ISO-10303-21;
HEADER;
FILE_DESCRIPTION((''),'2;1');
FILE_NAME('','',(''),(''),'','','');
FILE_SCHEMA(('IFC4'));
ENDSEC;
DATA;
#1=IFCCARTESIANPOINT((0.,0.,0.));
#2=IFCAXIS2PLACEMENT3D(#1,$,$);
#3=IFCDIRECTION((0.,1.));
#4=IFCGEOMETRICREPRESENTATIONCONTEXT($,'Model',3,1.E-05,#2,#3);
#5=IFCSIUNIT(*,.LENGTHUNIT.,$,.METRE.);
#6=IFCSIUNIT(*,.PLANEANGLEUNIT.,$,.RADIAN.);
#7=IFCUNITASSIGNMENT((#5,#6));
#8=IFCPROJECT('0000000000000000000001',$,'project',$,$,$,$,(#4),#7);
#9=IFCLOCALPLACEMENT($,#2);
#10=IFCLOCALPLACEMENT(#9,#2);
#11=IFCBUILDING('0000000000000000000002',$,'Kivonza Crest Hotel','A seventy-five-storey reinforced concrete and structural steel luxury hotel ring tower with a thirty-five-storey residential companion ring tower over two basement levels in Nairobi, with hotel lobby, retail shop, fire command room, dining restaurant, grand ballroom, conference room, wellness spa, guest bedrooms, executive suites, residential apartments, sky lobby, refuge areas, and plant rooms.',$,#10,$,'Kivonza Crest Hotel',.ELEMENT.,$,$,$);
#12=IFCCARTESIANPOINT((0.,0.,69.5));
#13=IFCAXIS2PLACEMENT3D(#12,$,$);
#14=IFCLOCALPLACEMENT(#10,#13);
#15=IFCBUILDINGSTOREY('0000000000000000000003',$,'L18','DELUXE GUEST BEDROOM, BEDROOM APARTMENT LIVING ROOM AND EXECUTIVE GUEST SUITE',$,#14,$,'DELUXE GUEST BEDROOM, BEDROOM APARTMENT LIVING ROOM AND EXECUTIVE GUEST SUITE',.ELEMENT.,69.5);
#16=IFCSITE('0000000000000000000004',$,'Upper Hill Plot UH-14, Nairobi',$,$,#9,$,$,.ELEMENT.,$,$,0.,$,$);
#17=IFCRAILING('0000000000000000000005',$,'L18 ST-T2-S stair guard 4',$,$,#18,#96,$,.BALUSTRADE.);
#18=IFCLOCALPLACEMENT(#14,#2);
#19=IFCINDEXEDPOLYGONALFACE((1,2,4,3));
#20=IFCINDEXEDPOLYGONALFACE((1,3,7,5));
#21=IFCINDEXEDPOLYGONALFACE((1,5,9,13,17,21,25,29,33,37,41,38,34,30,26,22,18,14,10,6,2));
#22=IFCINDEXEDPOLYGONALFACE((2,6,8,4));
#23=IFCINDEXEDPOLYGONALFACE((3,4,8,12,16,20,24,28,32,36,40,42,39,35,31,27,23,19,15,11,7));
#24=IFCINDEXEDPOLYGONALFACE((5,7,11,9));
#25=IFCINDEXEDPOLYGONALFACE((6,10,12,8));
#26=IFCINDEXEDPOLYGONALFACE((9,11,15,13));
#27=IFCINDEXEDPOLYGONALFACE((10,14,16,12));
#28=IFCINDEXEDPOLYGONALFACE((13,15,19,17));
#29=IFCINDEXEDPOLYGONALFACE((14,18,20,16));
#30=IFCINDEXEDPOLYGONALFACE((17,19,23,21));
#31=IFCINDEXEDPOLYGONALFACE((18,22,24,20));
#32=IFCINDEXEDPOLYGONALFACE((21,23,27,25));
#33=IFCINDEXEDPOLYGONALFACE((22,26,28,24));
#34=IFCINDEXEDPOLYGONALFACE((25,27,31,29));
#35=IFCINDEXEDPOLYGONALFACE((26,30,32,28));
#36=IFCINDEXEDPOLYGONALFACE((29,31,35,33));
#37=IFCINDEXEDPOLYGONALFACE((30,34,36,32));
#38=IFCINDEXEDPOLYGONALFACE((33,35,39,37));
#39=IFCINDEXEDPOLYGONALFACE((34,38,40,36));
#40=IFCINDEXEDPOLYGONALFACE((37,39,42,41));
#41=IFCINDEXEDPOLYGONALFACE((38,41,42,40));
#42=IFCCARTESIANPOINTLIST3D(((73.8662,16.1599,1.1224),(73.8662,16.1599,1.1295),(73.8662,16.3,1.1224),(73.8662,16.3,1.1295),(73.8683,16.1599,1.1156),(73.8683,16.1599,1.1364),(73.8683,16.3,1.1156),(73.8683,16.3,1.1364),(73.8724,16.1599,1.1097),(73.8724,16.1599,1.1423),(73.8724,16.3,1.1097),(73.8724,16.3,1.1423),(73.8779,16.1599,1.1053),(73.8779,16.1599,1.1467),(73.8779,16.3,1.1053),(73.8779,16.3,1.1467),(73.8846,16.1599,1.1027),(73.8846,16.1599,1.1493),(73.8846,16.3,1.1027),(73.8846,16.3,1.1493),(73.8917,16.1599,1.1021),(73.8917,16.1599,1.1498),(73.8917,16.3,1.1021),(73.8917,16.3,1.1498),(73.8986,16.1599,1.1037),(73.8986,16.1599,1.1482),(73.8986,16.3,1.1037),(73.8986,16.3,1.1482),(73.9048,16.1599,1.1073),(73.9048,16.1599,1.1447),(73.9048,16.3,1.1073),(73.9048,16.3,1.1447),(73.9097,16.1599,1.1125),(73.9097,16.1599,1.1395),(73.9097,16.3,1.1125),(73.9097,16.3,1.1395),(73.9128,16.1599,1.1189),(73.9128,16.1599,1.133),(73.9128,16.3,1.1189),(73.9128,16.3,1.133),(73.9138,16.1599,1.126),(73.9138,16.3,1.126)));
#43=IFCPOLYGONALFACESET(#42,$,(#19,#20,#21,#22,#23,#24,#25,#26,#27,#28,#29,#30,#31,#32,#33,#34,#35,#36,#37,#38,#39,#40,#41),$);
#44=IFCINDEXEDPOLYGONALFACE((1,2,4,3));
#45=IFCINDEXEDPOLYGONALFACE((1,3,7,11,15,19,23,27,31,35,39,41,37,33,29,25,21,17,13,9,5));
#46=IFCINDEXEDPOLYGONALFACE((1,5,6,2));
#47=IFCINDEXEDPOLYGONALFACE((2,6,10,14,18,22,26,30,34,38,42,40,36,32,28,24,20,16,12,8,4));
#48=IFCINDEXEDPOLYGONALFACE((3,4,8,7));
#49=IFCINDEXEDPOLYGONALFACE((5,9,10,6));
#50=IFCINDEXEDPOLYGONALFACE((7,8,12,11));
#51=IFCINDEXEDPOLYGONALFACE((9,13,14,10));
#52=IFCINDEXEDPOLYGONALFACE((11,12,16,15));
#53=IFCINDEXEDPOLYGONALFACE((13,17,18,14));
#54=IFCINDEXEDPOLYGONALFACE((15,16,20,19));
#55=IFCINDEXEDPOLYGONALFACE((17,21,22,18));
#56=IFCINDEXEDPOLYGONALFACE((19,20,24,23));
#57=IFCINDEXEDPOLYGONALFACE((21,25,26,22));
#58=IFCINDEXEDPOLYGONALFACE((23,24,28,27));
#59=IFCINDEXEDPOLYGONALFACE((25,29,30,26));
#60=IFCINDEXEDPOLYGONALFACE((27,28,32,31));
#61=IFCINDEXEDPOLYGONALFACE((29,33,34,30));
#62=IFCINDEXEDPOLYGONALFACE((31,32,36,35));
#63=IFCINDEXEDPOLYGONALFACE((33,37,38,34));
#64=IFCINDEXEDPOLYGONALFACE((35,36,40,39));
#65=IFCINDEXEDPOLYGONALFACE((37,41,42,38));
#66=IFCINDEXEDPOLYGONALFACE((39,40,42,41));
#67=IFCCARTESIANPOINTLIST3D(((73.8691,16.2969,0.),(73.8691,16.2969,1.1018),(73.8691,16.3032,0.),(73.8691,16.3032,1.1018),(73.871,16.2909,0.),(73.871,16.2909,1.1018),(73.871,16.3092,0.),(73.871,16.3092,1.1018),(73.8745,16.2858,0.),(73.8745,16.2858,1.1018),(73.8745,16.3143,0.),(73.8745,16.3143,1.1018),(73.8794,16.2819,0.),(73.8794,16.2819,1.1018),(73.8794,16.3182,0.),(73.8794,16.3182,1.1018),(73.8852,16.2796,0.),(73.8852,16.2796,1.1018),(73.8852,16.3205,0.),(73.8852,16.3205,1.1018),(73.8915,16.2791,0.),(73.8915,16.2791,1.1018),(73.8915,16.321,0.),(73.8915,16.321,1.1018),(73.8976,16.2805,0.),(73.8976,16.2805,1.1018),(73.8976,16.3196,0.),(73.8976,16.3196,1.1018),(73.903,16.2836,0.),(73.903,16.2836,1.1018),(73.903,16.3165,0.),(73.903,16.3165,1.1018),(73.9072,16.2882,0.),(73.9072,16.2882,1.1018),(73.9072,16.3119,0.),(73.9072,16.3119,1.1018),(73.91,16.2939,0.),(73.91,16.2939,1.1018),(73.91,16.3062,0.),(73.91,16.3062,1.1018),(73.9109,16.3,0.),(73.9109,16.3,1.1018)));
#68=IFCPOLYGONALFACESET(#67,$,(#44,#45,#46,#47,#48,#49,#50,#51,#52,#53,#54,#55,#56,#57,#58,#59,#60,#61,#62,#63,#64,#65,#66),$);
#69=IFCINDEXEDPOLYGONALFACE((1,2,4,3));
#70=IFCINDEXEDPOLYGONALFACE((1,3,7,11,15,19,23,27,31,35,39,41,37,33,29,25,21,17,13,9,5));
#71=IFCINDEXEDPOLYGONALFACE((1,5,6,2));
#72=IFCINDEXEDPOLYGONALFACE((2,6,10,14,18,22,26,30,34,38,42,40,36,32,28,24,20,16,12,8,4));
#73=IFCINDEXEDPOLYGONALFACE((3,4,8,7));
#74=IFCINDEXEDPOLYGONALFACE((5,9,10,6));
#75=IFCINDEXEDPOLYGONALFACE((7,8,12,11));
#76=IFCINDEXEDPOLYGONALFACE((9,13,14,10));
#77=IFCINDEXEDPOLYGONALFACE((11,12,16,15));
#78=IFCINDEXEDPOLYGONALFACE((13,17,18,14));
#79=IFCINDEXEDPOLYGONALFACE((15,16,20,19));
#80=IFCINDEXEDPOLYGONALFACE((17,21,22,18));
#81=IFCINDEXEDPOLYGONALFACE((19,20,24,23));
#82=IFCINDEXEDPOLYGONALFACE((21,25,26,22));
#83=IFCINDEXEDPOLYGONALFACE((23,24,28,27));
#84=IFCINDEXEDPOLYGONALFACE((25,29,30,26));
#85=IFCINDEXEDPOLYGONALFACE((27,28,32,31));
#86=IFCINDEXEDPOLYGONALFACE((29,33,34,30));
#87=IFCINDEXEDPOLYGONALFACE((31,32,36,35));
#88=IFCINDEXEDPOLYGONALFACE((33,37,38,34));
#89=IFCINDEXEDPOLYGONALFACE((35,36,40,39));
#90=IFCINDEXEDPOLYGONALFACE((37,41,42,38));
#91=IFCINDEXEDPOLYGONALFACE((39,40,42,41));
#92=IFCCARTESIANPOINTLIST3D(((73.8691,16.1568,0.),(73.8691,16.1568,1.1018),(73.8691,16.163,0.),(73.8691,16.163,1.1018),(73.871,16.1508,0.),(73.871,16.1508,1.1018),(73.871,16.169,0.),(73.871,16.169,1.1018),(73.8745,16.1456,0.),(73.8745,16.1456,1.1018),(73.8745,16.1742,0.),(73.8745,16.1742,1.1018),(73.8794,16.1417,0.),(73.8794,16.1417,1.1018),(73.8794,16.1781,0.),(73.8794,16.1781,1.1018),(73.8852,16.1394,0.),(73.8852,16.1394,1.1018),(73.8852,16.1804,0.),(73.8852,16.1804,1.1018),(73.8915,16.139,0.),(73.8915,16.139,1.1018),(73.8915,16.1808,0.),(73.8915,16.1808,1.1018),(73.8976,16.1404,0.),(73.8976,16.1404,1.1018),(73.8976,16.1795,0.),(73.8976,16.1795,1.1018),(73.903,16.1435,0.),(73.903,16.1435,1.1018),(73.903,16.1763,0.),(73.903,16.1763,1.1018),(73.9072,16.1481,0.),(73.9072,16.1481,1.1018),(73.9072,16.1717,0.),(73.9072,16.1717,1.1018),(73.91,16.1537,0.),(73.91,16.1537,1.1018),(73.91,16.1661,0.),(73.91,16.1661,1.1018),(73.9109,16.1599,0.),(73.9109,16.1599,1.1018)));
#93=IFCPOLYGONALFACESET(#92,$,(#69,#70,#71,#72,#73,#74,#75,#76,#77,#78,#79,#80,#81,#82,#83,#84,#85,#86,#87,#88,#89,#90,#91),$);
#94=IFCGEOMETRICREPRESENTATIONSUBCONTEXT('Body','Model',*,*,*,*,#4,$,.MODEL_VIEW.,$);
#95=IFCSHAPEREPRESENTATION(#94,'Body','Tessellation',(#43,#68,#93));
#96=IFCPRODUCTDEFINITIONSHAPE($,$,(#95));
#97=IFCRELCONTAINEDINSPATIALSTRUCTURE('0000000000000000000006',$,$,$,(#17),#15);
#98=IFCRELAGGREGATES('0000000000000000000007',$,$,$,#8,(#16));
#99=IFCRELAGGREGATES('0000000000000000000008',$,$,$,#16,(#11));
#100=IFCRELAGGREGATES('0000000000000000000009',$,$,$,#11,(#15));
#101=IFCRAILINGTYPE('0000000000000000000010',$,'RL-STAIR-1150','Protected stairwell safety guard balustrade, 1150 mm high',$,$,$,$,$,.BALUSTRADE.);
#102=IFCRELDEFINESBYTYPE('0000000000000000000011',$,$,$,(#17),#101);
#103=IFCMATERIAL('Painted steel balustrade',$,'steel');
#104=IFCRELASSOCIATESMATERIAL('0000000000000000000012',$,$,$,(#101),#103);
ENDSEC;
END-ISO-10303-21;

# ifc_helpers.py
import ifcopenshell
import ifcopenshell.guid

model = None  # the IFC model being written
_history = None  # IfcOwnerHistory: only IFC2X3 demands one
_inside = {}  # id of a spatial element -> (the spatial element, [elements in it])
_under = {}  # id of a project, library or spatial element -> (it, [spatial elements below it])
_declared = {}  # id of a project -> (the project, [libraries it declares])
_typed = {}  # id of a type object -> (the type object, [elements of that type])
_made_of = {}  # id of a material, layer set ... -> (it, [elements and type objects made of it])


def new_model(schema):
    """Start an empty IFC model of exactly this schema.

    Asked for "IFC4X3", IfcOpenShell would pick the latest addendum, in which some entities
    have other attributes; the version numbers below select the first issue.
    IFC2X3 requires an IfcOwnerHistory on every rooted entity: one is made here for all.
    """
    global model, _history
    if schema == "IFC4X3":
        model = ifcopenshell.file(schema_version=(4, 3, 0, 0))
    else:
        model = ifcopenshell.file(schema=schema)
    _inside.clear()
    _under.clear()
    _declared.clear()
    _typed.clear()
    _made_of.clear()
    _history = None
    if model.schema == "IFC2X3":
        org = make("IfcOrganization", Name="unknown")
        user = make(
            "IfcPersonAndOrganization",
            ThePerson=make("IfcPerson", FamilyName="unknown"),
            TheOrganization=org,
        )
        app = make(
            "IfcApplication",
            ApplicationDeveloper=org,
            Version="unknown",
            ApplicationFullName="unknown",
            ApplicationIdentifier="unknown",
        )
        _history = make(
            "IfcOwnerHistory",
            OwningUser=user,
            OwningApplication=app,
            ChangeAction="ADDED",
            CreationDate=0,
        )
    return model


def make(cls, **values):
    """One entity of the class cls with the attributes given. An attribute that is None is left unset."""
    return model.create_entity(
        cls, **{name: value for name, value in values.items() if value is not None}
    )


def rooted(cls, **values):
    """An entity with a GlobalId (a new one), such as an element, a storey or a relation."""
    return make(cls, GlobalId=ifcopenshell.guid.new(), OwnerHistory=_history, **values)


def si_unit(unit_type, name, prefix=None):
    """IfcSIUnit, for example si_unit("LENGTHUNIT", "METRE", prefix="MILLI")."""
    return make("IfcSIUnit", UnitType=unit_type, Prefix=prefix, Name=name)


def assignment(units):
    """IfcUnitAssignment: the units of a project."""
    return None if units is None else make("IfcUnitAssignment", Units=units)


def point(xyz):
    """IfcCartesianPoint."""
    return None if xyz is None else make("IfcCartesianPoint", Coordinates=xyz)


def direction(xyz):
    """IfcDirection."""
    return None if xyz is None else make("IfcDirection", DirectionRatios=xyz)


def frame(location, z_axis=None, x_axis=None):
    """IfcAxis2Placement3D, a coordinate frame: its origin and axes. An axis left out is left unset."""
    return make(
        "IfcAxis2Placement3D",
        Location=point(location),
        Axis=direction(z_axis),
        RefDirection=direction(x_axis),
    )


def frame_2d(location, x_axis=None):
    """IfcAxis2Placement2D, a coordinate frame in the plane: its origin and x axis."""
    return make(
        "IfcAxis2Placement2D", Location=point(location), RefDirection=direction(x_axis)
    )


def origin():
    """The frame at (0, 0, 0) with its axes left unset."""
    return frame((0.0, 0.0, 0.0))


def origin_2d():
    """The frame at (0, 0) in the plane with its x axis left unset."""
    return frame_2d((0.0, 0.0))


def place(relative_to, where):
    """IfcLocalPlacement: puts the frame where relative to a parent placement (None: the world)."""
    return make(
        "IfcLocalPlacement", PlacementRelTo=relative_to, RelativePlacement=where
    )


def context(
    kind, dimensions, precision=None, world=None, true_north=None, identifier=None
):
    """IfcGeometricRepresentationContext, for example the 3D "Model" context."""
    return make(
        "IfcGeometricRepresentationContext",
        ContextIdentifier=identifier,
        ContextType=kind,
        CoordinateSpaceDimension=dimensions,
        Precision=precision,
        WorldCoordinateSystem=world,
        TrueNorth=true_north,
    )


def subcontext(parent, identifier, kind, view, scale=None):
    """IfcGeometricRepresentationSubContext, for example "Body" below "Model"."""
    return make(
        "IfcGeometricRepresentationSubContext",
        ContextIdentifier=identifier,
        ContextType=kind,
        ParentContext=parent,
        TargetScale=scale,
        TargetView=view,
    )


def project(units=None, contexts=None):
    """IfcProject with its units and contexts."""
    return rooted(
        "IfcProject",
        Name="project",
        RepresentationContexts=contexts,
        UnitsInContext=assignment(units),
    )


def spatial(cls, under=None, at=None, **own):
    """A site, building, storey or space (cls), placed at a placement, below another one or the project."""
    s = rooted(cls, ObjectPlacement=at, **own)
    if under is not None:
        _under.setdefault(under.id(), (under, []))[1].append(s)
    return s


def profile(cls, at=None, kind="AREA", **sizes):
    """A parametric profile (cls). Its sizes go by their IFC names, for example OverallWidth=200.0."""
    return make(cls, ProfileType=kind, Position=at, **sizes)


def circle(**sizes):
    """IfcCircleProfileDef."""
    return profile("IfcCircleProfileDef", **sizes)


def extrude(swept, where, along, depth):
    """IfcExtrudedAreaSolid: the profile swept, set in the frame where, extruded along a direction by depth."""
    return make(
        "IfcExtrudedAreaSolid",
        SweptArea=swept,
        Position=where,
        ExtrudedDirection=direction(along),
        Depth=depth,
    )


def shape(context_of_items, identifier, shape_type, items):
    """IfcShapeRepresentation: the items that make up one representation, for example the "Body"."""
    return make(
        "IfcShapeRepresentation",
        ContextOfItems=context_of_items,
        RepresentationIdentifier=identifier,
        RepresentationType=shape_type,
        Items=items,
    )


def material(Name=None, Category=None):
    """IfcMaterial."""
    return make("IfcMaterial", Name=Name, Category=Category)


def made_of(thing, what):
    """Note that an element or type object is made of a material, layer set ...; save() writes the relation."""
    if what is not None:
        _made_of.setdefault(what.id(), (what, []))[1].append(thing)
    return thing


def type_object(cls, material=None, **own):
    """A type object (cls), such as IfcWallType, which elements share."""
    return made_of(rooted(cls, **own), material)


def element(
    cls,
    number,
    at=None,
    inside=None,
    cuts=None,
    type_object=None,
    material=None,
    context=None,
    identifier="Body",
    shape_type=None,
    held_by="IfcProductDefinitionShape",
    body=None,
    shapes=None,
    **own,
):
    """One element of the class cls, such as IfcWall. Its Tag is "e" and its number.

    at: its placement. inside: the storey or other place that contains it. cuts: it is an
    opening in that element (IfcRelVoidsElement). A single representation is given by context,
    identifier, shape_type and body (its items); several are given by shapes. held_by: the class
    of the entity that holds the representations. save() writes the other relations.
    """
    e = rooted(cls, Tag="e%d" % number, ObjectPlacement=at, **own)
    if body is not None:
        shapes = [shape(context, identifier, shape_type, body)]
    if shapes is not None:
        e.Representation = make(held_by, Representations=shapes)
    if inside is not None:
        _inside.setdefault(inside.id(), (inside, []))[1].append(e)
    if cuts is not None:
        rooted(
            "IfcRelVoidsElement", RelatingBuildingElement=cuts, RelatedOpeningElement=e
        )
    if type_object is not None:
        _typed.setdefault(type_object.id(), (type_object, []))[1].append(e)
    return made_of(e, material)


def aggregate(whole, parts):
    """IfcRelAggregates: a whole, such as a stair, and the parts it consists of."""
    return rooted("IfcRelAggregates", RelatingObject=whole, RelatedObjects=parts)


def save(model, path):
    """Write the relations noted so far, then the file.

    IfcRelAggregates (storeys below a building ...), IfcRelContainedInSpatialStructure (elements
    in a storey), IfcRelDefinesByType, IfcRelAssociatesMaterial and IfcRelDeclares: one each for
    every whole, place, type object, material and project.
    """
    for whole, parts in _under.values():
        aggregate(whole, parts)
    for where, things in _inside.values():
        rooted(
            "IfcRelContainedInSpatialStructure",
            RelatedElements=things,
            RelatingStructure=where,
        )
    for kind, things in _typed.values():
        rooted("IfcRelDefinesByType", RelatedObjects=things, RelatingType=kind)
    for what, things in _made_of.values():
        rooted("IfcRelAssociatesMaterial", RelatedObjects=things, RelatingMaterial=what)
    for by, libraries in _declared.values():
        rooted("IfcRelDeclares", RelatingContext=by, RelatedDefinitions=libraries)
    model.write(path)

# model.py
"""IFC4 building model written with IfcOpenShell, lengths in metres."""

from ifc_helpers import new_model, si_unit, direction, frame, origin, origin_2d, place, context, subcontext, project, spatial, circle, extrude, material, type_object, element, save


model = new_model("IFC4")

# Units and contexts
model_context = context("Model", 3, precision=1e-05, world=origin(), true_north=direction((0.0, 1.0)))
body_context = subcontext(model_context, "Body", "Model", "MODEL_VIEW")
ifc_project = project(units=[si_unit("LENGTHUNIT", "METRE"), si_unit("PLANEANGLEUNIT", "RADIAN")], contexts=[model_context])

# Site, building, storey
site_placement = place(None, origin())
site = spatial("IfcSite", under=ifc_project, at=site_placement, Name="Upper Hill Plot UH-14, Nairobi", CompositionType="ELEMENT", RefElevation=0.0)
building_placement = place(site_placement, origin())
building = spatial("IfcBuilding", under=site, at=building_placement, Name="Kivonza Crest Hotel", Description="A seventy-five-storey reinforced concrete and structural steel luxury hotel ring tower with a thirty-five-storey residential companion ring tower over two basement levels in Nairobi, with hotel lobby, retail shop, fire command room, dining restaurant, grand ballroom, conference room, wellness spa, guest bedrooms, executive suites, residential apartments, sky lobby, refuge areas, and plant rooms.", LongName="Kivonza Crest Hotel", CompositionType="ELEMENT")
storey_placement = place(building_placement, frame((0.0, 0.0, 69.5)))
storey = spatial("IfcBuildingStorey", under=building, at=storey_placement, Name="L18", Description="DELUXE GUEST BEDROOM, BEDROOM APARTMENT LIVING ROOM AND EXECUTIVE GUEST SUITE", LongName="DELUXE GUEST BEDROOM, BEDROOM APARTMENT LIVING ROOM AND EXECUTIVE GUEST SUITE", CompositionType="ELEMENT", Elevation=69.5)

# Railing
ifc_material_1 = material(Name="Painted steel balustrade", Category="steel")
railing_type_1 = type_object("IfcRailingType", Name="RL-STAIR-1150", Description="Protected stairwell safety guard balustrade, 1150 mm high", PredefinedType="BALUSTRADE", material=ifc_material_1)
railing_1_placement = place(storey_placement, frame((73.8899, 16.3, 0.0)))
element("IfcRailing", 1, at=railing_1_placement, inside=storey, type_object=railing_type_1, Name="L18 ST-T2-S stair guard 4", PredefinedType="BALUSTRADE", context=body_context, shape_type="SweptSolid", body=[
    extrude(circle(Radius=0.0239, at=origin_2d()), frame((0.0, 0.0, 1.126), z_axis=(0.0, -1.0, 0.0), x_axis=(1.0, 0.0, 0.0)), (0.0, 0.0, 1.0), 0.1401),
    extrude(circle(Radius=0.021, at=origin_2d()), origin(), (0.0, 0.0, 1.0), 1.1018),
    extrude(circle(Radius=0.021, at=origin_2d()), frame((0.0, -0.1401, 0.0)), (0.0, 0.0, 1.0), 1.1018),
])

save(model, "model.ifc")
